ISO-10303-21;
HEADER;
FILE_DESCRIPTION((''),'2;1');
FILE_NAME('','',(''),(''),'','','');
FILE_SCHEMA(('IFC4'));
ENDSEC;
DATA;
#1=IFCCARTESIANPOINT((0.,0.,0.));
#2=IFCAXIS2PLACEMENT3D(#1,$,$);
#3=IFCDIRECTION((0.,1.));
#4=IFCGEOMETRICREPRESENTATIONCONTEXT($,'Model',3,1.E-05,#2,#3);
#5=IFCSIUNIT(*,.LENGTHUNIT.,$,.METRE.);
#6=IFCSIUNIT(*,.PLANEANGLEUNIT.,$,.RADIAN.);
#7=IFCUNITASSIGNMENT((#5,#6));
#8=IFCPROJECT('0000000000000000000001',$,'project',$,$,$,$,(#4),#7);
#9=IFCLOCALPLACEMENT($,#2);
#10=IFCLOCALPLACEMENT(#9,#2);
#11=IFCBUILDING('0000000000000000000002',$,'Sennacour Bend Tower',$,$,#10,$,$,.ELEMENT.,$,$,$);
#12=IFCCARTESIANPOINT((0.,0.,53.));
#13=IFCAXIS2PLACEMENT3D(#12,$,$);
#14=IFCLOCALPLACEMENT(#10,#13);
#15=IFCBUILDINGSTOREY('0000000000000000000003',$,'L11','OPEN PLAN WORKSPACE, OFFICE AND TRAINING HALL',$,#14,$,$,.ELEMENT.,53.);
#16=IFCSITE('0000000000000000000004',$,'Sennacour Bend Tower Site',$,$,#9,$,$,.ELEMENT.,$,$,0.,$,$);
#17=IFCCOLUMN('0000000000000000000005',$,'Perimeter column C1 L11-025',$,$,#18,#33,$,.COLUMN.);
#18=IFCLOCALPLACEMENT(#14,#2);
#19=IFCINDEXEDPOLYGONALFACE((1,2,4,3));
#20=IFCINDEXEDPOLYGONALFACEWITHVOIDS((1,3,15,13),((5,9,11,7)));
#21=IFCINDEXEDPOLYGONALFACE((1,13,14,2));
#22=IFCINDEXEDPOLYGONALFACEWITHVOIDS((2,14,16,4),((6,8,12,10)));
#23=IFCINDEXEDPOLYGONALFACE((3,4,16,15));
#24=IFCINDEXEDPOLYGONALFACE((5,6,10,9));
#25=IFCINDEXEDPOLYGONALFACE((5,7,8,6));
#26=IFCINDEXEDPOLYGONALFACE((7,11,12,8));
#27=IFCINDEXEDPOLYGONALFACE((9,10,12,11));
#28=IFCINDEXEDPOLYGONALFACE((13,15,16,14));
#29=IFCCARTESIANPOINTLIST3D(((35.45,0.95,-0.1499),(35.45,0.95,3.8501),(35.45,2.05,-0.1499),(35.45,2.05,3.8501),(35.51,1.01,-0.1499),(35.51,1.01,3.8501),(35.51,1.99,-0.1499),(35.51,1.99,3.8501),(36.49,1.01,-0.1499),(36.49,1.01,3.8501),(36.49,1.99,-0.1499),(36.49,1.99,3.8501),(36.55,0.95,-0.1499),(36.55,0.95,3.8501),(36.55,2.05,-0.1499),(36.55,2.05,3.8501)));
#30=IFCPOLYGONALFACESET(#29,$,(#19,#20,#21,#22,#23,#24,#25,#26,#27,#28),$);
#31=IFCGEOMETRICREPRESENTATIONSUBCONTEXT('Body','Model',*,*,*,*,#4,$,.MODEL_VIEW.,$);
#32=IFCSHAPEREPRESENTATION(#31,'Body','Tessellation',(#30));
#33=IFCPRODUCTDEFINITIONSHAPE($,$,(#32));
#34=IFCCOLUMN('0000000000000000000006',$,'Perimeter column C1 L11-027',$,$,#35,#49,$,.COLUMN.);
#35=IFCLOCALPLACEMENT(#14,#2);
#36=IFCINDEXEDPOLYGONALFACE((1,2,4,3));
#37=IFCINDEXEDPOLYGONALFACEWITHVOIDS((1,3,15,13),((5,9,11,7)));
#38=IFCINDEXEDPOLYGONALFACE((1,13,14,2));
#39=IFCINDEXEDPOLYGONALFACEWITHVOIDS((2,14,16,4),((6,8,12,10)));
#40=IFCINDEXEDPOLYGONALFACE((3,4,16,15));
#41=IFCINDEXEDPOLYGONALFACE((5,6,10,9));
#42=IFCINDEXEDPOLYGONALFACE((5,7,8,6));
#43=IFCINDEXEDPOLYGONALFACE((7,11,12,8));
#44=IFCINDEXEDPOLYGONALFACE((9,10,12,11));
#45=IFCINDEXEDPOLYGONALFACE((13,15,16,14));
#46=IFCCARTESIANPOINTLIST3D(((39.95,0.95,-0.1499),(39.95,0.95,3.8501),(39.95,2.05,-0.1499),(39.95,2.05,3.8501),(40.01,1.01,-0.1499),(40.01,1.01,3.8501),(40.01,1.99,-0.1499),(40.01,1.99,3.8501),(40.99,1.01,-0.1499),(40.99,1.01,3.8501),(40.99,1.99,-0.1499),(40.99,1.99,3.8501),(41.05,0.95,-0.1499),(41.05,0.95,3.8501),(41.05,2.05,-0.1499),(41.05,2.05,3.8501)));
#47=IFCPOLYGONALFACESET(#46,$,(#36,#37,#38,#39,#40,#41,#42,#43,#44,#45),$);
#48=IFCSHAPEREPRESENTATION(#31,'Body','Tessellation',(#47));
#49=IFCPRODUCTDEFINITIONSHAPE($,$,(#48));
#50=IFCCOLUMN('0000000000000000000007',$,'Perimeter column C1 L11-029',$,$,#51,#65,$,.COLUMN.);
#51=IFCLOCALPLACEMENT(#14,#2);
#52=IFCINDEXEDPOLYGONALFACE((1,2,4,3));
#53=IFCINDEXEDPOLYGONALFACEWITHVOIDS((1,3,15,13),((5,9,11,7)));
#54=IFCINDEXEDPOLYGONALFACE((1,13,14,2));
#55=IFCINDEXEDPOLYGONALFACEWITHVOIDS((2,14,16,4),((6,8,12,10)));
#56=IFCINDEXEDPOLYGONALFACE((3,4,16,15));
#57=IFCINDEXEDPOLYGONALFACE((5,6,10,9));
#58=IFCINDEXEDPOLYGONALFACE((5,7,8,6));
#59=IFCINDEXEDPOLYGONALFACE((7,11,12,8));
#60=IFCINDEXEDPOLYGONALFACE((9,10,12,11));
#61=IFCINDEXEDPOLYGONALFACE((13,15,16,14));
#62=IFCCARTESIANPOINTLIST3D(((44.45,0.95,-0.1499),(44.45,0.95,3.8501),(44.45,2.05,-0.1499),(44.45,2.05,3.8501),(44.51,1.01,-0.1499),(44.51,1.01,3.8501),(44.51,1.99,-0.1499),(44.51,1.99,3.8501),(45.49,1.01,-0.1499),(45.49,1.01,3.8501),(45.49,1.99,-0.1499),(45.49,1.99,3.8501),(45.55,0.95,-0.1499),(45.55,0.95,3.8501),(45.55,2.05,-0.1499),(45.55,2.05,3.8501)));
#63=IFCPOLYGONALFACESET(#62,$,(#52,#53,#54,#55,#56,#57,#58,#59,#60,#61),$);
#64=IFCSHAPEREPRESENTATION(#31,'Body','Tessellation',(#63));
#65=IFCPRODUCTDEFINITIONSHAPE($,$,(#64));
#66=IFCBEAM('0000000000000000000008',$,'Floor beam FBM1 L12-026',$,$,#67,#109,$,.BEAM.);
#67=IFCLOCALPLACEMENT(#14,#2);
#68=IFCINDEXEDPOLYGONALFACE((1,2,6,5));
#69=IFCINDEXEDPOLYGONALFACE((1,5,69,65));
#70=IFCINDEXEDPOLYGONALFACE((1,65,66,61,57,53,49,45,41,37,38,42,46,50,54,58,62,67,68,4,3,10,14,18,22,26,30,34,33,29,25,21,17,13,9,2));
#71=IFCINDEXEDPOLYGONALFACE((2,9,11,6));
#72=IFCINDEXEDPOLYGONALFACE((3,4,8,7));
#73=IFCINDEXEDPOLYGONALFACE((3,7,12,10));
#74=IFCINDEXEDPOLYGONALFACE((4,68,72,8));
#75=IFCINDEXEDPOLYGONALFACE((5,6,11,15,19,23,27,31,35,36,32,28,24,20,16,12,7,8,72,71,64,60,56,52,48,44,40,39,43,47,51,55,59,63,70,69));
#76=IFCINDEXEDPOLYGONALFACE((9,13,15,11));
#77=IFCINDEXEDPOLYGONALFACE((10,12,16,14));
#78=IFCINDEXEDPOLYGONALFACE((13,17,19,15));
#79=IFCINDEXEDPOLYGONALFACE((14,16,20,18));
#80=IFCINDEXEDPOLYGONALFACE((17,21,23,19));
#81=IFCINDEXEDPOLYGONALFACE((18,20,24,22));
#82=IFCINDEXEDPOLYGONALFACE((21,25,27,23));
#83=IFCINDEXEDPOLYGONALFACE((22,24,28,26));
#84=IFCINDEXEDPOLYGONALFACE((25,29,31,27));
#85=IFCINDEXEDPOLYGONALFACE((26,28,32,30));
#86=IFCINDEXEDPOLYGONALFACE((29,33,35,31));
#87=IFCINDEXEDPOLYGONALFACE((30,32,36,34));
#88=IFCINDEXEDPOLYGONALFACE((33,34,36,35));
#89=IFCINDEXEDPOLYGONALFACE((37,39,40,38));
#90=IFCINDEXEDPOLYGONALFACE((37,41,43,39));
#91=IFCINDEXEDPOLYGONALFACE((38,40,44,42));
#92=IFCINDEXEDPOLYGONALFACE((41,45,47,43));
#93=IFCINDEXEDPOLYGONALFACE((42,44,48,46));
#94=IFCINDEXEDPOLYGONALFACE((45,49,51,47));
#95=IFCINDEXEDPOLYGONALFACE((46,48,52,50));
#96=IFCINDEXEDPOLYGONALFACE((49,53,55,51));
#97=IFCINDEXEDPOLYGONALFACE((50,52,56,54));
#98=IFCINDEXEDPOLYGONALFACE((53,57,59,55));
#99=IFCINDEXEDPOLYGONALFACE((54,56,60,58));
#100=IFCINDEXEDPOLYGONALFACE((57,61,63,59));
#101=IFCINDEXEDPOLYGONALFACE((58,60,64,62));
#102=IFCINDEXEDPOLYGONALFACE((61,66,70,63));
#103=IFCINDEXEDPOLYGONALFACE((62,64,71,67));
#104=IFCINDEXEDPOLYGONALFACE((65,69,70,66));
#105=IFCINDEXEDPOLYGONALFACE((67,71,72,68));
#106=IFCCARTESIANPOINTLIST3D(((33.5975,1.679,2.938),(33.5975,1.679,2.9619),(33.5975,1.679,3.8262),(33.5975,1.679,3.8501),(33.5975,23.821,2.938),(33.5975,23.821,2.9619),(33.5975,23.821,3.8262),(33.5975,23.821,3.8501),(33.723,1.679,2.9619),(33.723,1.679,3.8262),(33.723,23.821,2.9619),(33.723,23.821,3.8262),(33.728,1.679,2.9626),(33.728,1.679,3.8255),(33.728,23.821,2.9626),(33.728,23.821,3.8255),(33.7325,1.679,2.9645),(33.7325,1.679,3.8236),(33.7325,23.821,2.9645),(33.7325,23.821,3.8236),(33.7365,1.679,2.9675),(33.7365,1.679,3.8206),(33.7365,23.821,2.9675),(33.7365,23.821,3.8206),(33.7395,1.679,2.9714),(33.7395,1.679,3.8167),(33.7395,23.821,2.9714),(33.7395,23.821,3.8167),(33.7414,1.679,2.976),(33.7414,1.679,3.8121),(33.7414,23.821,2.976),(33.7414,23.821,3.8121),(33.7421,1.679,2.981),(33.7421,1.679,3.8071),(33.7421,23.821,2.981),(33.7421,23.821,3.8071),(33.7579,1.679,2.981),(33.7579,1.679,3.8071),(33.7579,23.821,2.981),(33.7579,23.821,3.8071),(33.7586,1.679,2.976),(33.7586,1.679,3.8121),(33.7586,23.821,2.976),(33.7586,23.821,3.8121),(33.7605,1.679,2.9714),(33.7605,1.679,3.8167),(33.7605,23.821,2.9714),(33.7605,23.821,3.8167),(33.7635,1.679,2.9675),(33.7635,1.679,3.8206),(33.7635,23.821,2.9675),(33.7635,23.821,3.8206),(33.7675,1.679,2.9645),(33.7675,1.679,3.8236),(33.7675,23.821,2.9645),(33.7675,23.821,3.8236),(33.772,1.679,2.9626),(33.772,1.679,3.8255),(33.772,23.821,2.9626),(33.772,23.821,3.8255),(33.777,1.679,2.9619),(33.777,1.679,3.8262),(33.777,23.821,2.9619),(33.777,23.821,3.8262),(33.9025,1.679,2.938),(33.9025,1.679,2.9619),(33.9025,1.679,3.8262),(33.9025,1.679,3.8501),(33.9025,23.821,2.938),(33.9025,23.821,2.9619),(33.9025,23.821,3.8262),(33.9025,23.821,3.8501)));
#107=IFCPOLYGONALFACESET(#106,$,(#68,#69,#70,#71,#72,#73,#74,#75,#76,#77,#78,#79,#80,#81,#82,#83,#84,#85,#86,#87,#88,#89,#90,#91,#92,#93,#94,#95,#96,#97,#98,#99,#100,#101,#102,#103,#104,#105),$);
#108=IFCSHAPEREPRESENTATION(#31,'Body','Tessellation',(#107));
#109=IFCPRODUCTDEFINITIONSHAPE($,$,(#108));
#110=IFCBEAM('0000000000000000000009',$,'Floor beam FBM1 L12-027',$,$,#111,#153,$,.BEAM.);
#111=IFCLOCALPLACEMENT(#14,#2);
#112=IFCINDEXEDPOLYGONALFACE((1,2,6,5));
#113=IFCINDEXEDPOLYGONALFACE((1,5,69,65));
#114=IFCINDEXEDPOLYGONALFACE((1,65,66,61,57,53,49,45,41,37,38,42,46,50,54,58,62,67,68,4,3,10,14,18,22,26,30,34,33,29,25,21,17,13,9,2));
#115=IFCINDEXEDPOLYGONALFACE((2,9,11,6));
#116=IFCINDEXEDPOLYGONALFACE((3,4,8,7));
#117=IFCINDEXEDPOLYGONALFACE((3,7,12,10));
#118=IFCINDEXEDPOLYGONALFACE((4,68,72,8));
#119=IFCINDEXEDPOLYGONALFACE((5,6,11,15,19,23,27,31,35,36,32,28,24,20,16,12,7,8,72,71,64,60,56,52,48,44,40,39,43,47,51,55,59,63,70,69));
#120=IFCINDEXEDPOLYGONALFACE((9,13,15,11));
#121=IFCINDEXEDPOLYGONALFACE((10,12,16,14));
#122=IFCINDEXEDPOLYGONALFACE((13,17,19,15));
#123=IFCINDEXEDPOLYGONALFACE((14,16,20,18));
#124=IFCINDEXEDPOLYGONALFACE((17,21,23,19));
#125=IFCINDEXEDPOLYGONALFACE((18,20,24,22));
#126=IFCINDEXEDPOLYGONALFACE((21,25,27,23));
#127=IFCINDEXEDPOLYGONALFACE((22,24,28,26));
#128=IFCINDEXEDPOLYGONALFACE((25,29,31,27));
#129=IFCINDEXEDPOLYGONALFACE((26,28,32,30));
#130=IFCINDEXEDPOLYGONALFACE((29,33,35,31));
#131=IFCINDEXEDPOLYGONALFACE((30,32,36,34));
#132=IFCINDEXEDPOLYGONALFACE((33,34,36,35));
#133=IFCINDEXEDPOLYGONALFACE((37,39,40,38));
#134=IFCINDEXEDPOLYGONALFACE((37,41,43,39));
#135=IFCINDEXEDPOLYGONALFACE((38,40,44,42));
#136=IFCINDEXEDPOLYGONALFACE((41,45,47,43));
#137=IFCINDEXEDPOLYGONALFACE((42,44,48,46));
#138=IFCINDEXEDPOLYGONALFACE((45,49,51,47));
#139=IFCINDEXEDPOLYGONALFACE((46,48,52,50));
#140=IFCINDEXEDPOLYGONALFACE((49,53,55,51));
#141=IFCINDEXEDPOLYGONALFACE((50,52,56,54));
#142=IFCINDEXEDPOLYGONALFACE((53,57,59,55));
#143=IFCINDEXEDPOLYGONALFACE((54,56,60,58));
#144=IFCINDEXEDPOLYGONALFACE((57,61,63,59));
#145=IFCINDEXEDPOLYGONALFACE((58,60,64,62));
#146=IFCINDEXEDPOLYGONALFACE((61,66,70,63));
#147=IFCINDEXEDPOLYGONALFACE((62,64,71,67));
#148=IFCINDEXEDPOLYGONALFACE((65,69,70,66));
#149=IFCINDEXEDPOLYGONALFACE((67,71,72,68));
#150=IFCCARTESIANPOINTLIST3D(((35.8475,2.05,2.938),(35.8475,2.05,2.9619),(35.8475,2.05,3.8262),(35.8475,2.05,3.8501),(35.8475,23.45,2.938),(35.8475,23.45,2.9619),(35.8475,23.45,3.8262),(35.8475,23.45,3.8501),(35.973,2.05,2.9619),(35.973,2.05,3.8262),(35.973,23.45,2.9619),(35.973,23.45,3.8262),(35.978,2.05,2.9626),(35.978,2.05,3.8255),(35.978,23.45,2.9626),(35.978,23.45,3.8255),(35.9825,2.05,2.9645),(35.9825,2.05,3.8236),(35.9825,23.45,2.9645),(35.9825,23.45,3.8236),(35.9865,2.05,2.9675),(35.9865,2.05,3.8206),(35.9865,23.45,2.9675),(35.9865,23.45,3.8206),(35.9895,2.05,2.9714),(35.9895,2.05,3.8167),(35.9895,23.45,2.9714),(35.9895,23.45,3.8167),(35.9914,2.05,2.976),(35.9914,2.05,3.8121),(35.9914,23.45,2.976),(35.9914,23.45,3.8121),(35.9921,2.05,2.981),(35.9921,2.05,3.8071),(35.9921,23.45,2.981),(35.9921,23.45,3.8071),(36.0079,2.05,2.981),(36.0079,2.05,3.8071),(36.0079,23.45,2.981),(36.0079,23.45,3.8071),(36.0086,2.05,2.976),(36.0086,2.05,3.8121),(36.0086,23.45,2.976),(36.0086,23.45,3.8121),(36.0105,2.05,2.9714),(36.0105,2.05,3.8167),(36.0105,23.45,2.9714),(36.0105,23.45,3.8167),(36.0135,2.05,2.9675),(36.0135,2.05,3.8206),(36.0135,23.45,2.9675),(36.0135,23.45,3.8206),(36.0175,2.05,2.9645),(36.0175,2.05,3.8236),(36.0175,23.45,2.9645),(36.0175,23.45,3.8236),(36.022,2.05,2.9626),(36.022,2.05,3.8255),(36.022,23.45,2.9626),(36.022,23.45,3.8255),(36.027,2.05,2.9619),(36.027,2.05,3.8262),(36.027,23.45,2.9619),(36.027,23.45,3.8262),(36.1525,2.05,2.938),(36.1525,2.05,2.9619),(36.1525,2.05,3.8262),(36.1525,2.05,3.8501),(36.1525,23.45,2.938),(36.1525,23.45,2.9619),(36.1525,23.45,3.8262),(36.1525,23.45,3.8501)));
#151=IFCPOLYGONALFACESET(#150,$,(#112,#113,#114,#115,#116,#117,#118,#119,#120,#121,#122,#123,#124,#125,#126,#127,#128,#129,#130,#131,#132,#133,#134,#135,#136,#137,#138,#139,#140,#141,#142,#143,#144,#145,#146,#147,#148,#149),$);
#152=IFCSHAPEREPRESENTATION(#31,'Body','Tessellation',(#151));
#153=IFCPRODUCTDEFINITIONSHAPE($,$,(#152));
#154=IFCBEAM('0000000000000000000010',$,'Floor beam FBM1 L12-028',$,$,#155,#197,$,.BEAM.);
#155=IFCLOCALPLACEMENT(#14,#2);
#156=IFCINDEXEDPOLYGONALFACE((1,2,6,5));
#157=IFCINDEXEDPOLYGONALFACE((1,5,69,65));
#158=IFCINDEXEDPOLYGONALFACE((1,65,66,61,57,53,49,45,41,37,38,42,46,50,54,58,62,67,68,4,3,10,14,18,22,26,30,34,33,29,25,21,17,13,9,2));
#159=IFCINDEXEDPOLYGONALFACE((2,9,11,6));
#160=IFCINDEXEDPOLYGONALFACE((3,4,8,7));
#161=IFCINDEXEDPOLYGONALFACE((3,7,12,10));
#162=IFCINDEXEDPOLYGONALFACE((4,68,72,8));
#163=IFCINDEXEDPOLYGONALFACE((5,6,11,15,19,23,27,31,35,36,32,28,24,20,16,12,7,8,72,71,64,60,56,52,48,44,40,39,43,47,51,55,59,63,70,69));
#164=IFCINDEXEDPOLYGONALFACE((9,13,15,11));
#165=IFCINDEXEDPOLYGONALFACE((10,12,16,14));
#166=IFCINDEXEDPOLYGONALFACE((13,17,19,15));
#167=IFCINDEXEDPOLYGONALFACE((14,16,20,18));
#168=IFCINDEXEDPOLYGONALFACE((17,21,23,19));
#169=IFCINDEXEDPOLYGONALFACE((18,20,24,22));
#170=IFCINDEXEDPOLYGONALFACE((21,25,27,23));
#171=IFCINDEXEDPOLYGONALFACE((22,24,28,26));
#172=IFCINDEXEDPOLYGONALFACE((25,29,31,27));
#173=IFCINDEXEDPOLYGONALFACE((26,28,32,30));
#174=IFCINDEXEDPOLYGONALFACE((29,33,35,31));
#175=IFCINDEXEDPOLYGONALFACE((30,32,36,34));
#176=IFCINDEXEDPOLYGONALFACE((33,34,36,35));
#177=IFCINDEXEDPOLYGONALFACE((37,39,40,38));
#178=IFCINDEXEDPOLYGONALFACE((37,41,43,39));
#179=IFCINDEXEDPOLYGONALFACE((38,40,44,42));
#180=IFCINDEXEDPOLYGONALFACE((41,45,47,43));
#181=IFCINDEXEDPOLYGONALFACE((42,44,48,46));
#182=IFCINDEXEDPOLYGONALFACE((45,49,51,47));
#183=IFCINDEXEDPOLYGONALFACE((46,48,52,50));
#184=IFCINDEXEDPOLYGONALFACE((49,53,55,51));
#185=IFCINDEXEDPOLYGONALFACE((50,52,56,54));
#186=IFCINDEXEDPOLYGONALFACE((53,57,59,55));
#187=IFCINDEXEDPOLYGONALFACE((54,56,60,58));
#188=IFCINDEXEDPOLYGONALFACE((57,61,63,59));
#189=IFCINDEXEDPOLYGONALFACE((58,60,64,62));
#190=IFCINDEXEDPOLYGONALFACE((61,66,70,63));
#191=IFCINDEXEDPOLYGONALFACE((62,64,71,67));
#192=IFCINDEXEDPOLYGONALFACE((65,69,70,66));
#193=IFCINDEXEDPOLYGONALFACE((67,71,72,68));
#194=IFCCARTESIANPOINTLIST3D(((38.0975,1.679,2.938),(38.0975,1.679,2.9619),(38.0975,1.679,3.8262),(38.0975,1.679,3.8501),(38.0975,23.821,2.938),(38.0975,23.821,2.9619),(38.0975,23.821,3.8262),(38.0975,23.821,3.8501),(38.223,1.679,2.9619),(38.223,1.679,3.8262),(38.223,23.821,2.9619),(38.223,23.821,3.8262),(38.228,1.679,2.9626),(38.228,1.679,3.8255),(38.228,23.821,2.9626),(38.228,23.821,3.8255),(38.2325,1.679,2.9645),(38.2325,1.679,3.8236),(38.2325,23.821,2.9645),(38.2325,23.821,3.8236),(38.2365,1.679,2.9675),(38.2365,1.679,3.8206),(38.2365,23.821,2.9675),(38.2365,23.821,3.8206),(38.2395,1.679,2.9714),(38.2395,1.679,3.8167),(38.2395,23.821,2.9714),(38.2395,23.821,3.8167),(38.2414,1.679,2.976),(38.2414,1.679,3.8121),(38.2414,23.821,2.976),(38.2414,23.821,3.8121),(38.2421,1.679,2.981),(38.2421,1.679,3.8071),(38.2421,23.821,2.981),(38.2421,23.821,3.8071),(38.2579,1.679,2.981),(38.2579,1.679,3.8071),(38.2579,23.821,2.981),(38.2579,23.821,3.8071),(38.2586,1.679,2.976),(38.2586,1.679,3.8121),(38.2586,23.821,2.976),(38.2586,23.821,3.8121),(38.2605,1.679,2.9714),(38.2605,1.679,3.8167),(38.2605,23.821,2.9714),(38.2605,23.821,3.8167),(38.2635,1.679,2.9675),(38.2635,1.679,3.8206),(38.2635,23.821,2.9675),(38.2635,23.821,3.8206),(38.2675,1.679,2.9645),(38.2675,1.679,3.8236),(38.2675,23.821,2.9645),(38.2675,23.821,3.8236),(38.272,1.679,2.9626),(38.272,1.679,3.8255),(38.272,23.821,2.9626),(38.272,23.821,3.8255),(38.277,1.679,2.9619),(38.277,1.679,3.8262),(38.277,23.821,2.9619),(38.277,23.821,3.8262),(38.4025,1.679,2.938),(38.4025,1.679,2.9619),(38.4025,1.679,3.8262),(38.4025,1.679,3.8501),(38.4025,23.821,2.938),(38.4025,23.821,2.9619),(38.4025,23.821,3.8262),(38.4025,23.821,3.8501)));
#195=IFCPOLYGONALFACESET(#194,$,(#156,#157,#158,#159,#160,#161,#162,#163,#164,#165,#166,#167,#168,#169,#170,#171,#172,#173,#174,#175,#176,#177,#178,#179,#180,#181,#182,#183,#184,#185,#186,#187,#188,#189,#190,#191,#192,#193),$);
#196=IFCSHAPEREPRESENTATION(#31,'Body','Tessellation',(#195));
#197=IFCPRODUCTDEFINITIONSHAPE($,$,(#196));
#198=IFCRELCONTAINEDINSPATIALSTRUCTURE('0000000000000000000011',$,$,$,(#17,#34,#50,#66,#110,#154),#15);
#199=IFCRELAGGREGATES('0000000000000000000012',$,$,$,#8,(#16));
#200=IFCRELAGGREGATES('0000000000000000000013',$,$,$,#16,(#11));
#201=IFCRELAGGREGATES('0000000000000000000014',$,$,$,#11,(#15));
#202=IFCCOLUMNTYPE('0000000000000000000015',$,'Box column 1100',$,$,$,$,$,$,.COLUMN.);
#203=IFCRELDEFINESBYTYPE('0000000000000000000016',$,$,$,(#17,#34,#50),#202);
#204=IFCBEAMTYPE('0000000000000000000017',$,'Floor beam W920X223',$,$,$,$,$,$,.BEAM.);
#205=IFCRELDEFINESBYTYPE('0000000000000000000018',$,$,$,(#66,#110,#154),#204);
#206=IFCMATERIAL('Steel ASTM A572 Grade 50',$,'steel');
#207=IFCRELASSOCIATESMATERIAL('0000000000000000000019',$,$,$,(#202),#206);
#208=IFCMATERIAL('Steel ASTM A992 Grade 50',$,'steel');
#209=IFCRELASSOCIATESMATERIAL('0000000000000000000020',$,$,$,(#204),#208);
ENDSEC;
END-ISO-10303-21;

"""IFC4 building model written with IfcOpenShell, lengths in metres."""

from ifc_helpers import new_model, si_unit, direction, frame, origin, origin_2d, place, context, subcontext, project, spatial, hollow_rectangle, i_section, extrude, material, material_profile, profile_set, type_object, element, save


model = new_model("IFC4")

# Units and contexts
model_context = context("Model", 3, precision=1e-05, world=origin(), true_north=direction((0.0, 1.0)))
body_context = subcontext(model_context, "Body", "Model", "MODEL_VIEW")
ifc_project = project(units=[si_unit("LENGTHUNIT", "METRE"), si_unit("PLANEANGLEUNIT", "RADIAN")], contexts=[model_context])

# Site, building, storey
site_placement = place(None, origin())
site = spatial("IfcSite", under=ifc_project, at=site_placement, Name="Sennacour Bend Tower Site", CompositionType="ELEMENT", RefElevation=0.0)
building_placement = place(site_placement, origin())
building = spatial("IfcBuilding", under=site, at=building_placement, Name="Sennacour Bend Tower", CompositionType="ELEMENT")
storey_placement = place(building_placement, frame((0.0, 0.0, 53.0)))
storey = spatial("IfcBuildingStorey", under=building, at=storey_placement, Name="L11", Description="OPEN PLAN WORKSPACE, OFFICE AND TRAINING HALL", CompositionType="ELEMENT", Elevation=53.0)

# Columns
ifc_material_1 = material(Name="Steel ASTM A572 Grade 50", Category="steel")
ifc_material_profile_1 = material_profile(ifc_material_1, hollow_rectangle(XDim=1.1001, YDim=1.1001, WallThickness=0.0601, at=origin_2d()), Name="Steel ASTM A572 Grade 50", Category="steel")
ifc_profile_set_1 = profile_set([ifc_material_profile_1], Name="Steel ASTM A572 Grade 50")
column_type = type_object("IfcColumnType", Name="Box column 1100", PredefinedType="COLUMN", material=ifc_profile_set_1)
for number, where, z_axis, x_axis, name in (
    (1, (36.0, 1.5, -0.1499), (0.0, 0.0, 1.0), (1.0, 0.0, 0.0), "Perimeter column C1 L11-025"),
    (2, (40.5, 1.5, -0.1499), (0.0, 0.0, 1.0), (1.0, 0.0, 0.0), "Perimeter column C1 L11-027"),
    (3, (45.0, 1.5, -0.1499), (0.0, 0.0, 1.0), (1.0, 0.0, 0.0), "Perimeter column C1 L11-029"),
):
    element("IfcColumn", number, at=place(storey_placement, frame(where, z_axis=z_axis, x_axis=x_axis)), inside=storey, type_object=column_type, Name=name, PredefinedType="COLUMN", context=body_context, shape_type="SweptSolid", body=[
        extrude(hollow_rectangle(XDim=1.1001, YDim=1.1001, WallThickness=0.0601, at=origin_2d()), origin(), (0.0, 0.0, 1.0), 4.0),
    ])

# Beams
ifc_material_2 = material(Name="Steel ASTM A992 Grade 50", Category="steel")
ifc_material_profile_2 = material_profile(ifc_material_2, i_section(OverallWidth=0.3049, OverallDepth=0.9121, WebThickness=0.0159, FlangeThickness=0.0239, FilletRadius=0.019, at=origin_2d()), Name="Steel ASTM A992 Grade 50", Category="steel")
ifc_profile_set_2 = profile_set([ifc_material_profile_2], Name="Steel ASTM A992 Grade 50")
beam_type_1 = type_object("IfcBeamType", Name="Floor beam W920X223", PredefinedType="BEAM", material=ifc_profile_set_2)
beam_1_placement = place(storey_placement, frame((33.75, 1.679, 3.394), z_axis=(0.0, 1.0, 0.0), x_axis=(-1.0, 0.0, 0.0)))
element("IfcBeam", 4, at=beam_1_placement, inside=storey, type_object=beam_type_1, Name="Floor beam FBM1 L12-026", PredefinedType="BEAM", context=body_context, shape_type="SweptSolid", body=[
    extrude(i_section(OverallWidth=0.3049, OverallDepth=0.9121, WebThickness=0.0159, FlangeThickness=0.0239, FilletRadius=0.019, at=origin_2d()), origin(), (0.0, 0.0, 1.0), 22.1421),
])
beam_2_placement = place(storey_placement, frame((36.0, 2.05, 3.394), z_axis=(0.0, 1.0, 0.0), x_axis=(-1.0, 0.0, 0.0)))
element("IfcBeam", 5, at=beam_2_placement, inside=storey, type_object=beam_type_1, Name="Floor beam FBM1 L12-027", PredefinedType="BEAM", context=body_context, shape_type="SweptSolid", body=[
    extrude(i_section(OverallWidth=0.3049, OverallDepth=0.9121, WebThickness=0.0159, FlangeThickness=0.0239, FilletRadius=0.019, at=origin_2d()), origin(), (0.0, 0.0, 1.0), 21.3999),
])
beam_3_placement = place(storey_placement, frame((38.25, 1.679, 3.394), z_axis=(0.0, 1.0, 0.0), x_axis=(-1.0, 0.0, 0.0)))
element("IfcBeam", 6, at=beam_3_placement, inside=storey, type_object=beam_type_1, Name="Floor beam FBM1 L12-028", PredefinedType="BEAM", context=body_context, shape_type="SweptSolid", body=[
    extrude(i_section(OverallWidth=0.3049, OverallDepth=0.9121, WebThickness=0.0159, FlangeThickness=0.0239, FilletRadius=0.019, at=origin_2d()), origin(), (0.0, 0.0, 1.0), 22.1421),
])

save(model, "model.ifc")
